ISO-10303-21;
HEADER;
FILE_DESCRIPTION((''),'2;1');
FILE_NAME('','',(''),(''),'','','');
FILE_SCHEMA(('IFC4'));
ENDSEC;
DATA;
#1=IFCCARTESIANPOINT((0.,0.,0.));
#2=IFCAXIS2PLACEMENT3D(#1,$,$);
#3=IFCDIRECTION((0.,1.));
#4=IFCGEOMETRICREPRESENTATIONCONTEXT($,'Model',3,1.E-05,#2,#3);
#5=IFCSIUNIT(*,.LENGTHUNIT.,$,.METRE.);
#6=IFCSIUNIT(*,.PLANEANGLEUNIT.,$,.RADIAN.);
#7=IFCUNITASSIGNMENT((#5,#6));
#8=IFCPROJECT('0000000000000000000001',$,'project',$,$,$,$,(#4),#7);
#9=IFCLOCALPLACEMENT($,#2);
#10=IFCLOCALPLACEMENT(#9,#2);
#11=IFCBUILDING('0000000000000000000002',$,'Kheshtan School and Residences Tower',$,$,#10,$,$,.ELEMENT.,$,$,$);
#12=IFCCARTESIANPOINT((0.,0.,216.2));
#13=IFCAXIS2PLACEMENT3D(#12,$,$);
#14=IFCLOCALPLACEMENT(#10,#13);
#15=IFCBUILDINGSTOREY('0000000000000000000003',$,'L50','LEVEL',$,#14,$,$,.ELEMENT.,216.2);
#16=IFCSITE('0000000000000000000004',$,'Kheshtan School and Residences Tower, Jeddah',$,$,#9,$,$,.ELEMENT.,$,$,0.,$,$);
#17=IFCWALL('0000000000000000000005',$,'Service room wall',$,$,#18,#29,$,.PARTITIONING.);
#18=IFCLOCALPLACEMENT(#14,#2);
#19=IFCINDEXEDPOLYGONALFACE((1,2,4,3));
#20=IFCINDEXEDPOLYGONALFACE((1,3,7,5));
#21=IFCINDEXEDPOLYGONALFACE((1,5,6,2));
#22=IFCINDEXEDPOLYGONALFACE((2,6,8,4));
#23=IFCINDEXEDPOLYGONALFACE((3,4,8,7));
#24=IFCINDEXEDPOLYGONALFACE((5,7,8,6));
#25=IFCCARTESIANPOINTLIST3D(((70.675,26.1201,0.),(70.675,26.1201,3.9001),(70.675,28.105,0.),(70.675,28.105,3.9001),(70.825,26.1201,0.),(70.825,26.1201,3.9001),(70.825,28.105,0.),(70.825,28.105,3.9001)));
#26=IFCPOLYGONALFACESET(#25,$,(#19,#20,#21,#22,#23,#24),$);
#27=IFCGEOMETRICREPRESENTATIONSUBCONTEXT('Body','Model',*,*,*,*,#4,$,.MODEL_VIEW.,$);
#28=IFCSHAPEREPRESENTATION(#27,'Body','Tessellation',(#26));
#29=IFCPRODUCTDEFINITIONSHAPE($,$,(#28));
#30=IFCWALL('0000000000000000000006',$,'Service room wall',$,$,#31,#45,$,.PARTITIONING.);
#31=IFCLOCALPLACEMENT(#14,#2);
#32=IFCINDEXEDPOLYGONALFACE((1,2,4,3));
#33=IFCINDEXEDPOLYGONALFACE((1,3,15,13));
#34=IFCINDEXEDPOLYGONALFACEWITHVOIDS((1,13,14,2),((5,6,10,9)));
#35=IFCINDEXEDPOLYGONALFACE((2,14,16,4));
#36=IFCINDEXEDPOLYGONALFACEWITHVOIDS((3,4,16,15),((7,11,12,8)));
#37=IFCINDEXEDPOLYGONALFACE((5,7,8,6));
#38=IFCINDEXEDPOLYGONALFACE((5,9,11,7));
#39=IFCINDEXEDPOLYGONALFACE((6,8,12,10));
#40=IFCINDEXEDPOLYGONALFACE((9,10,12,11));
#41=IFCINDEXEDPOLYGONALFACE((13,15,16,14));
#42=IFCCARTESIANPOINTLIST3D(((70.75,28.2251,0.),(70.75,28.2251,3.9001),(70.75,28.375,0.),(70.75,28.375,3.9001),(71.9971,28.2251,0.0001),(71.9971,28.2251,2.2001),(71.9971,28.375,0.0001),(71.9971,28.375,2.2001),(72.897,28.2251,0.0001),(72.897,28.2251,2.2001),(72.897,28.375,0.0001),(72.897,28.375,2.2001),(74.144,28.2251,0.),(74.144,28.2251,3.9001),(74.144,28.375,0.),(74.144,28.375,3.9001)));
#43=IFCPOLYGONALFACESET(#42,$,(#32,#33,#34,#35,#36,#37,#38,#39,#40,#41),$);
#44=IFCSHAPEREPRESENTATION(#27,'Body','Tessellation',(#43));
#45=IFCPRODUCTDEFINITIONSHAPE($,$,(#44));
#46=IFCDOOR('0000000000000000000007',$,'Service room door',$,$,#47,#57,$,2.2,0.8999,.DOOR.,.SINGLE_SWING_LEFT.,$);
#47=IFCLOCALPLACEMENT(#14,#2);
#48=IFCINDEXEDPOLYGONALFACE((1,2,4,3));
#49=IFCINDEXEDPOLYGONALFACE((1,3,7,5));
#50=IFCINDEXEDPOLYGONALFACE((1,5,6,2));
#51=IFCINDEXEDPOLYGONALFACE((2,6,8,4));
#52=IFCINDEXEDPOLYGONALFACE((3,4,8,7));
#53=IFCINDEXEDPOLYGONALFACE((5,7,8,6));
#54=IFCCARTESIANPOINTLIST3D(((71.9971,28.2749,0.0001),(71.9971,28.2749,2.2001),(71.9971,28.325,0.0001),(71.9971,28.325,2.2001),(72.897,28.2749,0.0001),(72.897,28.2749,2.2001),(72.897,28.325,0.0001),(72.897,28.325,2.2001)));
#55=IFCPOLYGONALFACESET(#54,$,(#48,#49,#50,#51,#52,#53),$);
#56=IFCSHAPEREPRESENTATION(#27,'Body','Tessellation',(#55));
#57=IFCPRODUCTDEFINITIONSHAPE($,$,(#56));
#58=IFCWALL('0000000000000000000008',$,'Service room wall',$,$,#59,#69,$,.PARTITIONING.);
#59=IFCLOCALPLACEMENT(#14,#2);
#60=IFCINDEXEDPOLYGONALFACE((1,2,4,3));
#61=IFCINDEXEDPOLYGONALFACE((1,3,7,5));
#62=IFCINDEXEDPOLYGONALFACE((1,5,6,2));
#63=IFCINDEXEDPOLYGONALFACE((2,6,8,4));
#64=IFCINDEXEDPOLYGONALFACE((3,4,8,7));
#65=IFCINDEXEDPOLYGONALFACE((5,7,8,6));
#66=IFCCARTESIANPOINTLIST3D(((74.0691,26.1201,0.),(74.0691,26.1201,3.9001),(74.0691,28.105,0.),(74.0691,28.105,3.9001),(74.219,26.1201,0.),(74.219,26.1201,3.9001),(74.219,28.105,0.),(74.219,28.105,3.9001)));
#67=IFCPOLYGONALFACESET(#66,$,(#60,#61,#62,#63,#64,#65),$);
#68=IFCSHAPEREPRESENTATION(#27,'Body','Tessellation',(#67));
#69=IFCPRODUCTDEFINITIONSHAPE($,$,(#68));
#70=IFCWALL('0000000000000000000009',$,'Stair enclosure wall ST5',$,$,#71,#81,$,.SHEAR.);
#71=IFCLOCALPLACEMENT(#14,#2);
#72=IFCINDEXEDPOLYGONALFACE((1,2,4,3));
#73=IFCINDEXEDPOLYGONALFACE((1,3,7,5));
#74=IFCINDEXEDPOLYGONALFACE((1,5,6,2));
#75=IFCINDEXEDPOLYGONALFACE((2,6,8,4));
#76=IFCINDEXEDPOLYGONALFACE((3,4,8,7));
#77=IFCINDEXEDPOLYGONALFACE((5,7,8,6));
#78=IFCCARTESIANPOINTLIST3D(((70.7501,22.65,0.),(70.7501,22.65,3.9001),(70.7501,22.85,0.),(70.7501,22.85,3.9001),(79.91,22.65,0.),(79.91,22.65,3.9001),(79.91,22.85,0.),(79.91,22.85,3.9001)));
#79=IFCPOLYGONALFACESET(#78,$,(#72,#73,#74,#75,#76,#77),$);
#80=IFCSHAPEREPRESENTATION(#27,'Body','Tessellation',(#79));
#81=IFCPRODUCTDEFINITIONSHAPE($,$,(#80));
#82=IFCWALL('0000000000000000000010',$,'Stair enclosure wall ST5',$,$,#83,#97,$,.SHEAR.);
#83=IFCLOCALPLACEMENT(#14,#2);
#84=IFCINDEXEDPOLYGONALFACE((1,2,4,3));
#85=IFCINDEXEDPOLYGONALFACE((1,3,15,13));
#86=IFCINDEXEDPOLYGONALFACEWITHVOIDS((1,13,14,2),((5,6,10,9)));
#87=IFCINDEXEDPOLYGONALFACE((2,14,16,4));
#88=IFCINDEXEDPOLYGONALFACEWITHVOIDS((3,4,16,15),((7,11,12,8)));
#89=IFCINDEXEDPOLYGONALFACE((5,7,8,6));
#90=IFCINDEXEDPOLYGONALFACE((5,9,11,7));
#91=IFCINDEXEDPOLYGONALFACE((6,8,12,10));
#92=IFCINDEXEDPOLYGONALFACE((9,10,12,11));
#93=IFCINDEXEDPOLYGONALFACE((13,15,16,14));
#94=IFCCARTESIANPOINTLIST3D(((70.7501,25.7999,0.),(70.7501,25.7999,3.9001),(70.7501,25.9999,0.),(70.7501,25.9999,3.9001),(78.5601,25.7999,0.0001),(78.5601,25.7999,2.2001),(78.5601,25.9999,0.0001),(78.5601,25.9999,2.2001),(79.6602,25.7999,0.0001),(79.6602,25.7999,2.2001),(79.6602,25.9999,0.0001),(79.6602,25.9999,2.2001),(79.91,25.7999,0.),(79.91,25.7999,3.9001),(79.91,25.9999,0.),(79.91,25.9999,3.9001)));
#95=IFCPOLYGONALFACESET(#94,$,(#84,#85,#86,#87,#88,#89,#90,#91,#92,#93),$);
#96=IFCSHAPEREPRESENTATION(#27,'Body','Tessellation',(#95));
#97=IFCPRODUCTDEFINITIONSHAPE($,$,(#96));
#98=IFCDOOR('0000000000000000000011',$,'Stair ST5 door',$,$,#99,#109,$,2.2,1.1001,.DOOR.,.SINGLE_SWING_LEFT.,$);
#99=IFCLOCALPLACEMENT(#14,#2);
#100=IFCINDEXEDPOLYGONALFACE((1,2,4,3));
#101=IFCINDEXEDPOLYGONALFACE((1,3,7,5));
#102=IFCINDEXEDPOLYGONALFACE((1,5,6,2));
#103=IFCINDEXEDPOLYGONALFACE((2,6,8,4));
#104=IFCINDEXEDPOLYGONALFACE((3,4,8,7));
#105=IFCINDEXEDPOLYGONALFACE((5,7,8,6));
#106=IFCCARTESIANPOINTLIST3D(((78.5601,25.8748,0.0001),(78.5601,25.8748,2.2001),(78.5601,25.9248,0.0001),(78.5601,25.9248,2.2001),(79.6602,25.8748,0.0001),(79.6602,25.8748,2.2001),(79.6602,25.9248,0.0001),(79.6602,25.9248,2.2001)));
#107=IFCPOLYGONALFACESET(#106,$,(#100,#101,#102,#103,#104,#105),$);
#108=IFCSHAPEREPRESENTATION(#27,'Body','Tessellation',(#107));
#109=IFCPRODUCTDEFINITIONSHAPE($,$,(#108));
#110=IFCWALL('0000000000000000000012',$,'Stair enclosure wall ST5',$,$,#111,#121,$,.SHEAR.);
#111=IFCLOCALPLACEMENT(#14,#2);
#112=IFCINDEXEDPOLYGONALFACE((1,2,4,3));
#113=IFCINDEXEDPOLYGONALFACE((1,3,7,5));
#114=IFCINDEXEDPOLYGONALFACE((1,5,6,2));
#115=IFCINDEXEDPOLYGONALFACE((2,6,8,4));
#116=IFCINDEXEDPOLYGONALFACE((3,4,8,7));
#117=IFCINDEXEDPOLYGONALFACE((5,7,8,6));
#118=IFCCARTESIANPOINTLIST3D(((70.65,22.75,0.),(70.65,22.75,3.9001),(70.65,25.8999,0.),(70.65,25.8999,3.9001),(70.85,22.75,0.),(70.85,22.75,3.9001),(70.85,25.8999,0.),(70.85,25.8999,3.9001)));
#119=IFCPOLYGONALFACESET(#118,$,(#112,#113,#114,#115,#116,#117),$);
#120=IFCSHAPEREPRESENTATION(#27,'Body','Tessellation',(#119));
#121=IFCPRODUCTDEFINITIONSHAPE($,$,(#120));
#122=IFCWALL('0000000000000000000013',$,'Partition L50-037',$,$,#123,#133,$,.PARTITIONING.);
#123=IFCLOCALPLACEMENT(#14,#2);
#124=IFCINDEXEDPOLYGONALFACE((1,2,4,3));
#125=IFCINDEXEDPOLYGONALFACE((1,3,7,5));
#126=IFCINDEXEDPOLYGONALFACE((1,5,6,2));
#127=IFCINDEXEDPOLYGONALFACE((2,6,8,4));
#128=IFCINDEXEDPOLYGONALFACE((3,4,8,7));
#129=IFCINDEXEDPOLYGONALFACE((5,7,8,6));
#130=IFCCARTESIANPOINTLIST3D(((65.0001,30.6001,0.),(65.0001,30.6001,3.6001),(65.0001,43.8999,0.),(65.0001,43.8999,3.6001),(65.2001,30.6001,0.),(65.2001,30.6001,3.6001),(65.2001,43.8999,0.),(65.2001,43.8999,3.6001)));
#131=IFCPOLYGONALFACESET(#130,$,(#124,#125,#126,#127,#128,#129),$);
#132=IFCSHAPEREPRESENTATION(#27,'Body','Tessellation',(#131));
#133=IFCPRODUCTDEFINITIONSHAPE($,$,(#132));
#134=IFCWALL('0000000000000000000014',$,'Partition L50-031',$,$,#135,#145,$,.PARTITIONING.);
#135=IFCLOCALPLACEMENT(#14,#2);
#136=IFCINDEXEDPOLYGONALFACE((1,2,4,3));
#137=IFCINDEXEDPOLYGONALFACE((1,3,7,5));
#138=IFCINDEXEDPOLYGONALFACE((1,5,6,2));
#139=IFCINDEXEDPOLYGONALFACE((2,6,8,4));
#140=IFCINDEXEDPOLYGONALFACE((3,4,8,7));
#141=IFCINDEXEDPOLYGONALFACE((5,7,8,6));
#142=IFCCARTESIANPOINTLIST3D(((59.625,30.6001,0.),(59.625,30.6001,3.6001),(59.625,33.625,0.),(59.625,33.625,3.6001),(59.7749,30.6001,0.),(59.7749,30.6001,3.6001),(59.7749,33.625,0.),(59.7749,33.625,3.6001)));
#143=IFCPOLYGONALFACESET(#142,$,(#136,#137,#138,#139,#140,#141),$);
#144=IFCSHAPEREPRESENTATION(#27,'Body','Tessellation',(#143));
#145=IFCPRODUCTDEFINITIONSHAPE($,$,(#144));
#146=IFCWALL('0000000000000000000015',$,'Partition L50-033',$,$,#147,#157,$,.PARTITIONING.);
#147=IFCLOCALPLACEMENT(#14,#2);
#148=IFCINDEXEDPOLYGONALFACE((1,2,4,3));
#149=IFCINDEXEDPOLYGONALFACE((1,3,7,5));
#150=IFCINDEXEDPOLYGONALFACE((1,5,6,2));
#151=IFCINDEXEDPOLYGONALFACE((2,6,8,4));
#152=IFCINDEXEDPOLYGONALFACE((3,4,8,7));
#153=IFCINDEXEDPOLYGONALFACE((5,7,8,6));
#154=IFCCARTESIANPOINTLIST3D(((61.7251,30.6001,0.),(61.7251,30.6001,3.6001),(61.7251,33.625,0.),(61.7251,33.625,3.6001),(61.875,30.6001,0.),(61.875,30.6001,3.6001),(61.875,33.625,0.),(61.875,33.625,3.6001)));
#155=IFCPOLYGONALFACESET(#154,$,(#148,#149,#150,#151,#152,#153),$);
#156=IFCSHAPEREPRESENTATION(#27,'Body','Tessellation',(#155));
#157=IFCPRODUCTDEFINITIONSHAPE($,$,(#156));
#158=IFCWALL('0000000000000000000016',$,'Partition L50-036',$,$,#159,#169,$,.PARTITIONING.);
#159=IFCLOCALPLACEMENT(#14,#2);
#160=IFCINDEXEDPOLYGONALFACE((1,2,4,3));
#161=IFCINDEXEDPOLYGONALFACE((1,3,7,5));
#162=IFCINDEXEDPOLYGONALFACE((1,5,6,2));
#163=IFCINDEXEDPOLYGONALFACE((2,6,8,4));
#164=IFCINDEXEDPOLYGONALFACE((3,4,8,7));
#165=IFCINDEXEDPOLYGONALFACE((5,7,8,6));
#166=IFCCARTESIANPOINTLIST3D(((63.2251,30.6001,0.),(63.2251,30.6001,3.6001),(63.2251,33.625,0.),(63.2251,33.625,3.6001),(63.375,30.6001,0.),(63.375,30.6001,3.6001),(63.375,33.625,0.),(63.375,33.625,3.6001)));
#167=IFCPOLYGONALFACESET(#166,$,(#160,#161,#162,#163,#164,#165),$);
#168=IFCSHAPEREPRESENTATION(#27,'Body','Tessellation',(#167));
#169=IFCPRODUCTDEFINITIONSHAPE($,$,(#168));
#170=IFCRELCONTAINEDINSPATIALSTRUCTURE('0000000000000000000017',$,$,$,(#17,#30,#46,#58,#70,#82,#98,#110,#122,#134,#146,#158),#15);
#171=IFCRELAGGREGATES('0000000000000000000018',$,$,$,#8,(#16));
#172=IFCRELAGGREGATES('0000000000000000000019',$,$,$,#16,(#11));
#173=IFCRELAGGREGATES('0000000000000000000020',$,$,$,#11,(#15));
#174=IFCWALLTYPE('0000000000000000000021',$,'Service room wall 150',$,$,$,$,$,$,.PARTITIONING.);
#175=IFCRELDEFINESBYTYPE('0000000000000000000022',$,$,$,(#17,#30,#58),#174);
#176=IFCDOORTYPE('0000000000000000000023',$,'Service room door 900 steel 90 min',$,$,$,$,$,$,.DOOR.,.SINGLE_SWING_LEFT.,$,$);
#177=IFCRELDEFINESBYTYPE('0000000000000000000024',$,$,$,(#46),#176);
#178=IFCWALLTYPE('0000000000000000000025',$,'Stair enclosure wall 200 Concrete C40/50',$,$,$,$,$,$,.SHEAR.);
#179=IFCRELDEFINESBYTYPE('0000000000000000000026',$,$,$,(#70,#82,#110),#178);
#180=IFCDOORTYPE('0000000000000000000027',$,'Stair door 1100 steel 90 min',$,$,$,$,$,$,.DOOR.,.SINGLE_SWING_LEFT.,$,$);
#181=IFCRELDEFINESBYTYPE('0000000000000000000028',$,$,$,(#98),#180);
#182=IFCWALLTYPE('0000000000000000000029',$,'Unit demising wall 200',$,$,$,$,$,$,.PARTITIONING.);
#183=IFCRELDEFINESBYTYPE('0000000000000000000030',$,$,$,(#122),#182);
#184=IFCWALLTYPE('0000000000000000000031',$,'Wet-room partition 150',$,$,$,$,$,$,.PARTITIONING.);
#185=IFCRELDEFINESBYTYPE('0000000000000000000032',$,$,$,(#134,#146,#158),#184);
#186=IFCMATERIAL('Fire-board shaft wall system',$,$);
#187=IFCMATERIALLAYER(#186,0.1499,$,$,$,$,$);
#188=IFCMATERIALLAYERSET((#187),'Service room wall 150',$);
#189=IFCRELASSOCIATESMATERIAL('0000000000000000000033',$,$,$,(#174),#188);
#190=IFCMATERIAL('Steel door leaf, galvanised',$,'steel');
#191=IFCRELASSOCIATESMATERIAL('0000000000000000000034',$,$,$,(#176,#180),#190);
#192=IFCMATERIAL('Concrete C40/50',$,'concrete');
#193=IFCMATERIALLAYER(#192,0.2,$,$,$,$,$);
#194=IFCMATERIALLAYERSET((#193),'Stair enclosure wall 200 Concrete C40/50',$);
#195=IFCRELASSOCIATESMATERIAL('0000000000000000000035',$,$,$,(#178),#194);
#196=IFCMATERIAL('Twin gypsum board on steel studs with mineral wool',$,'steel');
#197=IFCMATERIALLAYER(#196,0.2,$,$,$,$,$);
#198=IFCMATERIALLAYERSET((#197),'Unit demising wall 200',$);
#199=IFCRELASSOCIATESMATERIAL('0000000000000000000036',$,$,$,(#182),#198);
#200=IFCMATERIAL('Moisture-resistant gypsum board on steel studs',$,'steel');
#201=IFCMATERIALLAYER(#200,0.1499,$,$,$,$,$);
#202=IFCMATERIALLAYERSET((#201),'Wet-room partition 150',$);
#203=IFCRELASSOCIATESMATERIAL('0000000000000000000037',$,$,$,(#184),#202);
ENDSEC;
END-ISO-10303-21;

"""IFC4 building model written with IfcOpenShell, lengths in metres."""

from ifc_helpers import new_model, si_unit, direction, frame, frame_2d, origin, place, context, subcontext, project, spatial, rectangle, extrude, source, transform, mapped, material, layer, layer_set, type_object, element, fill, save


model = new_model("IFC4")

# Units and contexts
model_context = context("Model", 3, precision=1e-05, world=origin(), true_north=direction((0.0, 1.0)))
body_context = subcontext(model_context, "Body", "Model", "MODEL_VIEW")
ifc_project = project(units=[si_unit("LENGTHUNIT", "METRE"), si_unit("PLANEANGLEUNIT", "RADIAN")], contexts=[model_context])

# Site, building, storey
site_placement = place(None, origin())
site = spatial("IfcSite", under=ifc_project, at=site_placement, Name="Kheshtan School and Residences Tower, Jeddah", CompositionType="ELEMENT", RefElevation=0.0)
building_placement = place(site_placement, origin())
building = spatial("IfcBuilding", under=site, at=building_placement, Name="Kheshtan School and Residences Tower", CompositionType="ELEMENT")
storey_placement = place(building_placement, frame((0.0, 0.0, 216.2)))
storey = spatial("IfcBuildingStorey", under=building, at=storey_placement, Name="L50", Description="LEVEL", CompositionType="ELEMENT", Elevation=216.2)

# Shared definitions
ifc_material_1 = material(Name="Fire-board shaft wall system")
ifc_layer_1 = layer(ifc_material_1, 0.1499)
ifc_layer_set_1 = layer_set([ifc_layer_1], Name="Service room wall 150")
wall_type_1 = type_object("IfcWallType", Name="Service room wall 150", PredefinedType="PARTITIONING", material=ifc_layer_set_1)
ifc_material_2 = material(Name="Steel door leaf, galvanised", Category="steel")
door_type_1 = type_object("IfcDoorType", Name="Service room door 900 steel 90 min", OperationType="SINGLE_SWING_LEFT", PredefinedType="DOOR", material=ifc_material_2)
shared_shape_1 = source(origin(), body_context, "Body", "SweptSolid", [
    extrude(rectangle(XDim=0.8999, YDim=2.2, at=frame_2d((0.45, 1.1001))), frame((0.0, 0.0249, 0.0), z_axis=(0.0, -1.0, 0.0), x_axis=(1.0, 0.0, 0.0)), (0.0, 0.0, 1.0), 0.05),
])

# Wall
wall_1_placement = place(storey_placement, frame((70.75, 26.1201, 0.0), z_axis=(0.0, 0.0, 1.0), x_axis=(0.0, 1.0, 0.0)))
element("IfcWall", 1, at=wall_1_placement, inside=storey, type_object=wall_type_1, Name="Service room wall", PredefinedType="PARTITIONING", context=body_context, shape_type="SweptSolid", body=[
    extrude(rectangle(XDim=1.9849, YDim=0.1499, at=frame_2d((0.9924, 0.0))), origin(), (0.0, 0.0, 1.0), 3.9001),
])

# Wall, opening, door
wall_2_placement = place(storey_placement, frame((70.75, 28.3, 0.0), z_axis=(0.0, 0.0, 1.0), x_axis=(1.0, 0.0, 0.0)))
wall_2 = element("IfcWall", 2, at=wall_2_placement, inside=storey, type_object=wall_type_1, Name="Service room wall", PredefinedType="PARTITIONING", context=body_context, shape_type="SweptSolid", body=[
    extrude(rectangle(XDim=3.394, YDim=0.1499, at=frame_2d((1.697, 0.0))), origin(), (0.0, 0.0, 1.0), 3.9001),
])
opening_1_placement = place(wall_2_placement, frame((1.2471, 0.0, 0.0)))
opening_1 = element("IfcOpeningElement", 3, at=opening_1_placement, cuts=wall_2, PredefinedType="OPENING", context=body_context, shape_type="SweptSolid", body=[
    extrude(rectangle(XDim=0.8999, YDim=2.2, at=frame_2d((0.45, 1.1001))), frame((0.0, 0.085, 0.0), z_axis=(0.0, -1.0, 0.0), x_axis=(1.0, 0.0, 0.0)), (0.0, 0.0, 1.0), 0.1699),
])
door_1_placement = place(opening_1_placement, origin())
door_1 = element("IfcDoor", 4, at=door_1_placement, inside=storey, type_object=door_type_1, Name="Service room door", OperationType="SINGLE_SWING_LEFT", OverallHeight=2.2, OverallWidth=0.8999, PredefinedType="DOOR", context=body_context, shape_type="MappedRepresentation", body=[
    mapped(shared_shape_1, transform((0.0, 0.0, 0.0), x_axis=(1.0, 0.0, 0.0), y_axis=(0.0, 1.0, 0.0), z_axis=(0.0, 0.0, 1.0), scale=1.0)),
])
fill(opening_1, door_1)

# Walls
wall_3_placement = place(storey_placement, frame((74.144, 26.1201, 0.0), z_axis=(0.0, 0.0, 1.0), x_axis=(0.0, 1.0, 0.0)))
element("IfcWall", 5, at=wall_3_placement, inside=storey, type_object=wall_type_1, Name="Service room wall", PredefinedType="PARTITIONING", context=body_context, shape_type="SweptSolid", body=[
    extrude(rectangle(XDim=1.9849, YDim=0.1499, at=frame_2d((0.9924, 0.0))), origin(), (0.0, 0.0, 1.0), 3.9001),
])
ifc_material_3 = material(Name="Concrete C40/50", Category="concrete")
ifc_layer_2 = layer(ifc_material_3, 0.2)
ifc_layer_set_2 = layer_set([ifc_layer_2], Name="Stair enclosure wall 200 Concrete C40/50")
wall_type_2 = type_object("IfcWallType", Name="Stair enclosure wall 200 Concrete C40/50", PredefinedType="SHEAR", material=ifc_layer_set_2)
wall_4_placement = place(storey_placement, frame((70.75, 22.75, 0.0), z_axis=(0.0, 0.0, 1.0), x_axis=(1.0, 0.0, 0.0)))
element("IfcWall", 6, at=wall_4_placement, inside=storey, type_object=wall_type_2, Name="Stair enclosure wall ST5", PredefinedType="SHEAR", context=body_context, shape_type="SweptSolid", body=[
    extrude(rectangle(XDim=9.1599, YDim=0.2, at=frame_2d((4.5801, 0.0))), origin(), (0.0, 0.0, 1.0), 3.9001),
])

# Wall, opening, door
wall_5_placement = place(storey_placement, frame((70.75, 25.8999, 0.0), z_axis=(0.0, 0.0, 1.0), x_axis=(1.0, 0.0, 0.0)))
wall_5 = element("IfcWall", 7, at=wall_5_placement, inside=storey, type_object=wall_type_2, Name="Stair enclosure wall ST5", PredefinedType="SHEAR", context=body_context, shape_type="SweptSolid", body=[
    extrude(rectangle(XDim=9.1599, YDim=0.2, at=frame_2d((4.5801, 0.0))), origin(), (0.0, 0.0, 1.0), 3.9001),
])
opening_2_placement = place(wall_5_placement, frame((7.8101, 0.0, 0.0)))
opening_2 = element("IfcOpeningElement", 8, at=opening_2_placement, cuts=wall_5, PredefinedType="OPENING", context=body_context, shape_type="SweptSolid", body=[
    extrude(rectangle(XDim=1.1001, YDim=2.2, at=frame_2d((0.55, 1.1001))), frame((0.0, 0.1099, 0.0), z_axis=(0.0, -1.0, 0.0), x_axis=(1.0, 0.0, 0.0)), (0.0, 0.0, 1.0), 0.22),
])
door_type_2 = type_object("IfcDoorType", Name="Stair door 1100 steel 90 min", OperationType="SINGLE_SWING_LEFT", PredefinedType="DOOR", material=ifc_material_2)
shared_shape_2 = source(origin(), body_context, "Body", "SweptSolid", [
    extrude(rectangle(XDim=1.1001, YDim=2.2, at=frame_2d((0.55, 1.1001))), frame((0.0, 0.0249, 0.0), z_axis=(0.0, -1.0, 0.0), x_axis=(1.0, 0.0, 0.0)), (0.0, 0.0, 1.0), 0.05),
])
door_2_placement = place(opening_2_placement, origin())
door_2 = element("IfcDoor", 9, at=door_2_placement, inside=storey, type_object=door_type_2, Name="Stair ST5 door", OperationType="SINGLE_SWING_LEFT", OverallHeight=2.2, OverallWidth=1.1001, PredefinedType="DOOR", context=body_context, shape_type="MappedRepresentation", body=[
    mapped(shared_shape_2, transform((0.0, 0.0, 0.0), x_axis=(1.0, 0.0, 0.0), y_axis=(0.0, 1.0, 0.0), z_axis=(0.0, 0.0, 1.0), scale=1.0)),
])
fill(opening_2, door_2)

# Walls
wall_6_placement = place(storey_placement, frame((70.75, 22.75, 0.0), z_axis=(0.0, 0.0, 1.0), x_axis=(0.0, 1.0, 0.0)))
element("IfcWall", 10, at=wall_6_placement, inside=storey, type_object=wall_type_2, Name="Stair enclosure wall ST5", PredefinedType="SHEAR", context=body_context, shape_type="SweptSolid", body=[
    extrude(rectangle(XDim=3.1499, YDim=0.2, at=frame_2d((1.575, 0.0))), origin(), (0.0, 0.0, 1.0), 3.9001),
])
ifc_material_4 = material(Name="Twin gypsum board on steel studs with mineral wool", Category="steel")
ifc_layer_3 = layer(ifc_material_4, 0.2)
ifc_layer_set_3 = layer_set([ifc_layer_3], Name="Unit demising wall 200")
wall_type_3 = type_object("IfcWallType", Name="Unit demising wall 200", PredefinedType="PARTITIONING", material=ifc_layer_set_3)
wall_7_placement = place(storey_placement, frame((65.1001, 30.6001, 0.0), z_axis=(0.0, 0.0, 1.0), x_axis=(0.0, 1.0, 0.0)))
element("IfcWall", 11, at=wall_7_placement, inside=storey, type_object=wall_type_3, Name="Partition L50-037", PredefinedType="PARTITIONING", context=body_context, shape_type="SweptSolid", body=[
    extrude(rectangle(XDim=13.2998, YDim=0.2, at=frame_2d((6.6499, 0.0))), origin(), (0.0, 0.0, 1.0), 3.6001),
])
ifc_material_5 = material(Name="Moisture-resistant gypsum board on steel studs", Category="steel")
ifc_layer_4 = layer(ifc_material_5, 0.1499)
ifc_layer_set_4 = layer_set([ifc_layer_4], Name="Wet-room partition 150")
wall_type_4 = type_object("IfcWallType", Name="Wet-room partition 150", PredefinedType="PARTITIONING", material=ifc_layer_set_4)
for number, where, z_axis, x_axis, name in (
    (12, (59.7, 30.6001, 0.0), (0.0, 0.0, 1.0), (0.0, 1.0, 0.0), "Partition L50-031"),
    (13, (61.8, 30.6001, 0.0), (0.0, 0.0, 1.0), (0.0, 1.0, 0.0), "Partition L50-033"),
    (14, (63.3, 30.6001, 0.0), (0.0, 0.0, 1.0), (0.0, 1.0, 0.0), "Partition L50-036"),
):
    element("IfcWall", number, at=place(storey_placement, frame(where, z_axis=z_axis, x_axis=x_axis)), inside=storey, type_object=wall_type_4, Name=name, PredefinedType="PARTITIONING", context=body_context, shape_type="SweptSolid", body=[
        extrude(rectangle(XDim=3.0249, YDim=0.1499, at=frame_2d((1.5125, 0.0))), origin(), (0.0, 0.0, 1.0), 3.6001),
    ])

save(model, "model.ifc")
